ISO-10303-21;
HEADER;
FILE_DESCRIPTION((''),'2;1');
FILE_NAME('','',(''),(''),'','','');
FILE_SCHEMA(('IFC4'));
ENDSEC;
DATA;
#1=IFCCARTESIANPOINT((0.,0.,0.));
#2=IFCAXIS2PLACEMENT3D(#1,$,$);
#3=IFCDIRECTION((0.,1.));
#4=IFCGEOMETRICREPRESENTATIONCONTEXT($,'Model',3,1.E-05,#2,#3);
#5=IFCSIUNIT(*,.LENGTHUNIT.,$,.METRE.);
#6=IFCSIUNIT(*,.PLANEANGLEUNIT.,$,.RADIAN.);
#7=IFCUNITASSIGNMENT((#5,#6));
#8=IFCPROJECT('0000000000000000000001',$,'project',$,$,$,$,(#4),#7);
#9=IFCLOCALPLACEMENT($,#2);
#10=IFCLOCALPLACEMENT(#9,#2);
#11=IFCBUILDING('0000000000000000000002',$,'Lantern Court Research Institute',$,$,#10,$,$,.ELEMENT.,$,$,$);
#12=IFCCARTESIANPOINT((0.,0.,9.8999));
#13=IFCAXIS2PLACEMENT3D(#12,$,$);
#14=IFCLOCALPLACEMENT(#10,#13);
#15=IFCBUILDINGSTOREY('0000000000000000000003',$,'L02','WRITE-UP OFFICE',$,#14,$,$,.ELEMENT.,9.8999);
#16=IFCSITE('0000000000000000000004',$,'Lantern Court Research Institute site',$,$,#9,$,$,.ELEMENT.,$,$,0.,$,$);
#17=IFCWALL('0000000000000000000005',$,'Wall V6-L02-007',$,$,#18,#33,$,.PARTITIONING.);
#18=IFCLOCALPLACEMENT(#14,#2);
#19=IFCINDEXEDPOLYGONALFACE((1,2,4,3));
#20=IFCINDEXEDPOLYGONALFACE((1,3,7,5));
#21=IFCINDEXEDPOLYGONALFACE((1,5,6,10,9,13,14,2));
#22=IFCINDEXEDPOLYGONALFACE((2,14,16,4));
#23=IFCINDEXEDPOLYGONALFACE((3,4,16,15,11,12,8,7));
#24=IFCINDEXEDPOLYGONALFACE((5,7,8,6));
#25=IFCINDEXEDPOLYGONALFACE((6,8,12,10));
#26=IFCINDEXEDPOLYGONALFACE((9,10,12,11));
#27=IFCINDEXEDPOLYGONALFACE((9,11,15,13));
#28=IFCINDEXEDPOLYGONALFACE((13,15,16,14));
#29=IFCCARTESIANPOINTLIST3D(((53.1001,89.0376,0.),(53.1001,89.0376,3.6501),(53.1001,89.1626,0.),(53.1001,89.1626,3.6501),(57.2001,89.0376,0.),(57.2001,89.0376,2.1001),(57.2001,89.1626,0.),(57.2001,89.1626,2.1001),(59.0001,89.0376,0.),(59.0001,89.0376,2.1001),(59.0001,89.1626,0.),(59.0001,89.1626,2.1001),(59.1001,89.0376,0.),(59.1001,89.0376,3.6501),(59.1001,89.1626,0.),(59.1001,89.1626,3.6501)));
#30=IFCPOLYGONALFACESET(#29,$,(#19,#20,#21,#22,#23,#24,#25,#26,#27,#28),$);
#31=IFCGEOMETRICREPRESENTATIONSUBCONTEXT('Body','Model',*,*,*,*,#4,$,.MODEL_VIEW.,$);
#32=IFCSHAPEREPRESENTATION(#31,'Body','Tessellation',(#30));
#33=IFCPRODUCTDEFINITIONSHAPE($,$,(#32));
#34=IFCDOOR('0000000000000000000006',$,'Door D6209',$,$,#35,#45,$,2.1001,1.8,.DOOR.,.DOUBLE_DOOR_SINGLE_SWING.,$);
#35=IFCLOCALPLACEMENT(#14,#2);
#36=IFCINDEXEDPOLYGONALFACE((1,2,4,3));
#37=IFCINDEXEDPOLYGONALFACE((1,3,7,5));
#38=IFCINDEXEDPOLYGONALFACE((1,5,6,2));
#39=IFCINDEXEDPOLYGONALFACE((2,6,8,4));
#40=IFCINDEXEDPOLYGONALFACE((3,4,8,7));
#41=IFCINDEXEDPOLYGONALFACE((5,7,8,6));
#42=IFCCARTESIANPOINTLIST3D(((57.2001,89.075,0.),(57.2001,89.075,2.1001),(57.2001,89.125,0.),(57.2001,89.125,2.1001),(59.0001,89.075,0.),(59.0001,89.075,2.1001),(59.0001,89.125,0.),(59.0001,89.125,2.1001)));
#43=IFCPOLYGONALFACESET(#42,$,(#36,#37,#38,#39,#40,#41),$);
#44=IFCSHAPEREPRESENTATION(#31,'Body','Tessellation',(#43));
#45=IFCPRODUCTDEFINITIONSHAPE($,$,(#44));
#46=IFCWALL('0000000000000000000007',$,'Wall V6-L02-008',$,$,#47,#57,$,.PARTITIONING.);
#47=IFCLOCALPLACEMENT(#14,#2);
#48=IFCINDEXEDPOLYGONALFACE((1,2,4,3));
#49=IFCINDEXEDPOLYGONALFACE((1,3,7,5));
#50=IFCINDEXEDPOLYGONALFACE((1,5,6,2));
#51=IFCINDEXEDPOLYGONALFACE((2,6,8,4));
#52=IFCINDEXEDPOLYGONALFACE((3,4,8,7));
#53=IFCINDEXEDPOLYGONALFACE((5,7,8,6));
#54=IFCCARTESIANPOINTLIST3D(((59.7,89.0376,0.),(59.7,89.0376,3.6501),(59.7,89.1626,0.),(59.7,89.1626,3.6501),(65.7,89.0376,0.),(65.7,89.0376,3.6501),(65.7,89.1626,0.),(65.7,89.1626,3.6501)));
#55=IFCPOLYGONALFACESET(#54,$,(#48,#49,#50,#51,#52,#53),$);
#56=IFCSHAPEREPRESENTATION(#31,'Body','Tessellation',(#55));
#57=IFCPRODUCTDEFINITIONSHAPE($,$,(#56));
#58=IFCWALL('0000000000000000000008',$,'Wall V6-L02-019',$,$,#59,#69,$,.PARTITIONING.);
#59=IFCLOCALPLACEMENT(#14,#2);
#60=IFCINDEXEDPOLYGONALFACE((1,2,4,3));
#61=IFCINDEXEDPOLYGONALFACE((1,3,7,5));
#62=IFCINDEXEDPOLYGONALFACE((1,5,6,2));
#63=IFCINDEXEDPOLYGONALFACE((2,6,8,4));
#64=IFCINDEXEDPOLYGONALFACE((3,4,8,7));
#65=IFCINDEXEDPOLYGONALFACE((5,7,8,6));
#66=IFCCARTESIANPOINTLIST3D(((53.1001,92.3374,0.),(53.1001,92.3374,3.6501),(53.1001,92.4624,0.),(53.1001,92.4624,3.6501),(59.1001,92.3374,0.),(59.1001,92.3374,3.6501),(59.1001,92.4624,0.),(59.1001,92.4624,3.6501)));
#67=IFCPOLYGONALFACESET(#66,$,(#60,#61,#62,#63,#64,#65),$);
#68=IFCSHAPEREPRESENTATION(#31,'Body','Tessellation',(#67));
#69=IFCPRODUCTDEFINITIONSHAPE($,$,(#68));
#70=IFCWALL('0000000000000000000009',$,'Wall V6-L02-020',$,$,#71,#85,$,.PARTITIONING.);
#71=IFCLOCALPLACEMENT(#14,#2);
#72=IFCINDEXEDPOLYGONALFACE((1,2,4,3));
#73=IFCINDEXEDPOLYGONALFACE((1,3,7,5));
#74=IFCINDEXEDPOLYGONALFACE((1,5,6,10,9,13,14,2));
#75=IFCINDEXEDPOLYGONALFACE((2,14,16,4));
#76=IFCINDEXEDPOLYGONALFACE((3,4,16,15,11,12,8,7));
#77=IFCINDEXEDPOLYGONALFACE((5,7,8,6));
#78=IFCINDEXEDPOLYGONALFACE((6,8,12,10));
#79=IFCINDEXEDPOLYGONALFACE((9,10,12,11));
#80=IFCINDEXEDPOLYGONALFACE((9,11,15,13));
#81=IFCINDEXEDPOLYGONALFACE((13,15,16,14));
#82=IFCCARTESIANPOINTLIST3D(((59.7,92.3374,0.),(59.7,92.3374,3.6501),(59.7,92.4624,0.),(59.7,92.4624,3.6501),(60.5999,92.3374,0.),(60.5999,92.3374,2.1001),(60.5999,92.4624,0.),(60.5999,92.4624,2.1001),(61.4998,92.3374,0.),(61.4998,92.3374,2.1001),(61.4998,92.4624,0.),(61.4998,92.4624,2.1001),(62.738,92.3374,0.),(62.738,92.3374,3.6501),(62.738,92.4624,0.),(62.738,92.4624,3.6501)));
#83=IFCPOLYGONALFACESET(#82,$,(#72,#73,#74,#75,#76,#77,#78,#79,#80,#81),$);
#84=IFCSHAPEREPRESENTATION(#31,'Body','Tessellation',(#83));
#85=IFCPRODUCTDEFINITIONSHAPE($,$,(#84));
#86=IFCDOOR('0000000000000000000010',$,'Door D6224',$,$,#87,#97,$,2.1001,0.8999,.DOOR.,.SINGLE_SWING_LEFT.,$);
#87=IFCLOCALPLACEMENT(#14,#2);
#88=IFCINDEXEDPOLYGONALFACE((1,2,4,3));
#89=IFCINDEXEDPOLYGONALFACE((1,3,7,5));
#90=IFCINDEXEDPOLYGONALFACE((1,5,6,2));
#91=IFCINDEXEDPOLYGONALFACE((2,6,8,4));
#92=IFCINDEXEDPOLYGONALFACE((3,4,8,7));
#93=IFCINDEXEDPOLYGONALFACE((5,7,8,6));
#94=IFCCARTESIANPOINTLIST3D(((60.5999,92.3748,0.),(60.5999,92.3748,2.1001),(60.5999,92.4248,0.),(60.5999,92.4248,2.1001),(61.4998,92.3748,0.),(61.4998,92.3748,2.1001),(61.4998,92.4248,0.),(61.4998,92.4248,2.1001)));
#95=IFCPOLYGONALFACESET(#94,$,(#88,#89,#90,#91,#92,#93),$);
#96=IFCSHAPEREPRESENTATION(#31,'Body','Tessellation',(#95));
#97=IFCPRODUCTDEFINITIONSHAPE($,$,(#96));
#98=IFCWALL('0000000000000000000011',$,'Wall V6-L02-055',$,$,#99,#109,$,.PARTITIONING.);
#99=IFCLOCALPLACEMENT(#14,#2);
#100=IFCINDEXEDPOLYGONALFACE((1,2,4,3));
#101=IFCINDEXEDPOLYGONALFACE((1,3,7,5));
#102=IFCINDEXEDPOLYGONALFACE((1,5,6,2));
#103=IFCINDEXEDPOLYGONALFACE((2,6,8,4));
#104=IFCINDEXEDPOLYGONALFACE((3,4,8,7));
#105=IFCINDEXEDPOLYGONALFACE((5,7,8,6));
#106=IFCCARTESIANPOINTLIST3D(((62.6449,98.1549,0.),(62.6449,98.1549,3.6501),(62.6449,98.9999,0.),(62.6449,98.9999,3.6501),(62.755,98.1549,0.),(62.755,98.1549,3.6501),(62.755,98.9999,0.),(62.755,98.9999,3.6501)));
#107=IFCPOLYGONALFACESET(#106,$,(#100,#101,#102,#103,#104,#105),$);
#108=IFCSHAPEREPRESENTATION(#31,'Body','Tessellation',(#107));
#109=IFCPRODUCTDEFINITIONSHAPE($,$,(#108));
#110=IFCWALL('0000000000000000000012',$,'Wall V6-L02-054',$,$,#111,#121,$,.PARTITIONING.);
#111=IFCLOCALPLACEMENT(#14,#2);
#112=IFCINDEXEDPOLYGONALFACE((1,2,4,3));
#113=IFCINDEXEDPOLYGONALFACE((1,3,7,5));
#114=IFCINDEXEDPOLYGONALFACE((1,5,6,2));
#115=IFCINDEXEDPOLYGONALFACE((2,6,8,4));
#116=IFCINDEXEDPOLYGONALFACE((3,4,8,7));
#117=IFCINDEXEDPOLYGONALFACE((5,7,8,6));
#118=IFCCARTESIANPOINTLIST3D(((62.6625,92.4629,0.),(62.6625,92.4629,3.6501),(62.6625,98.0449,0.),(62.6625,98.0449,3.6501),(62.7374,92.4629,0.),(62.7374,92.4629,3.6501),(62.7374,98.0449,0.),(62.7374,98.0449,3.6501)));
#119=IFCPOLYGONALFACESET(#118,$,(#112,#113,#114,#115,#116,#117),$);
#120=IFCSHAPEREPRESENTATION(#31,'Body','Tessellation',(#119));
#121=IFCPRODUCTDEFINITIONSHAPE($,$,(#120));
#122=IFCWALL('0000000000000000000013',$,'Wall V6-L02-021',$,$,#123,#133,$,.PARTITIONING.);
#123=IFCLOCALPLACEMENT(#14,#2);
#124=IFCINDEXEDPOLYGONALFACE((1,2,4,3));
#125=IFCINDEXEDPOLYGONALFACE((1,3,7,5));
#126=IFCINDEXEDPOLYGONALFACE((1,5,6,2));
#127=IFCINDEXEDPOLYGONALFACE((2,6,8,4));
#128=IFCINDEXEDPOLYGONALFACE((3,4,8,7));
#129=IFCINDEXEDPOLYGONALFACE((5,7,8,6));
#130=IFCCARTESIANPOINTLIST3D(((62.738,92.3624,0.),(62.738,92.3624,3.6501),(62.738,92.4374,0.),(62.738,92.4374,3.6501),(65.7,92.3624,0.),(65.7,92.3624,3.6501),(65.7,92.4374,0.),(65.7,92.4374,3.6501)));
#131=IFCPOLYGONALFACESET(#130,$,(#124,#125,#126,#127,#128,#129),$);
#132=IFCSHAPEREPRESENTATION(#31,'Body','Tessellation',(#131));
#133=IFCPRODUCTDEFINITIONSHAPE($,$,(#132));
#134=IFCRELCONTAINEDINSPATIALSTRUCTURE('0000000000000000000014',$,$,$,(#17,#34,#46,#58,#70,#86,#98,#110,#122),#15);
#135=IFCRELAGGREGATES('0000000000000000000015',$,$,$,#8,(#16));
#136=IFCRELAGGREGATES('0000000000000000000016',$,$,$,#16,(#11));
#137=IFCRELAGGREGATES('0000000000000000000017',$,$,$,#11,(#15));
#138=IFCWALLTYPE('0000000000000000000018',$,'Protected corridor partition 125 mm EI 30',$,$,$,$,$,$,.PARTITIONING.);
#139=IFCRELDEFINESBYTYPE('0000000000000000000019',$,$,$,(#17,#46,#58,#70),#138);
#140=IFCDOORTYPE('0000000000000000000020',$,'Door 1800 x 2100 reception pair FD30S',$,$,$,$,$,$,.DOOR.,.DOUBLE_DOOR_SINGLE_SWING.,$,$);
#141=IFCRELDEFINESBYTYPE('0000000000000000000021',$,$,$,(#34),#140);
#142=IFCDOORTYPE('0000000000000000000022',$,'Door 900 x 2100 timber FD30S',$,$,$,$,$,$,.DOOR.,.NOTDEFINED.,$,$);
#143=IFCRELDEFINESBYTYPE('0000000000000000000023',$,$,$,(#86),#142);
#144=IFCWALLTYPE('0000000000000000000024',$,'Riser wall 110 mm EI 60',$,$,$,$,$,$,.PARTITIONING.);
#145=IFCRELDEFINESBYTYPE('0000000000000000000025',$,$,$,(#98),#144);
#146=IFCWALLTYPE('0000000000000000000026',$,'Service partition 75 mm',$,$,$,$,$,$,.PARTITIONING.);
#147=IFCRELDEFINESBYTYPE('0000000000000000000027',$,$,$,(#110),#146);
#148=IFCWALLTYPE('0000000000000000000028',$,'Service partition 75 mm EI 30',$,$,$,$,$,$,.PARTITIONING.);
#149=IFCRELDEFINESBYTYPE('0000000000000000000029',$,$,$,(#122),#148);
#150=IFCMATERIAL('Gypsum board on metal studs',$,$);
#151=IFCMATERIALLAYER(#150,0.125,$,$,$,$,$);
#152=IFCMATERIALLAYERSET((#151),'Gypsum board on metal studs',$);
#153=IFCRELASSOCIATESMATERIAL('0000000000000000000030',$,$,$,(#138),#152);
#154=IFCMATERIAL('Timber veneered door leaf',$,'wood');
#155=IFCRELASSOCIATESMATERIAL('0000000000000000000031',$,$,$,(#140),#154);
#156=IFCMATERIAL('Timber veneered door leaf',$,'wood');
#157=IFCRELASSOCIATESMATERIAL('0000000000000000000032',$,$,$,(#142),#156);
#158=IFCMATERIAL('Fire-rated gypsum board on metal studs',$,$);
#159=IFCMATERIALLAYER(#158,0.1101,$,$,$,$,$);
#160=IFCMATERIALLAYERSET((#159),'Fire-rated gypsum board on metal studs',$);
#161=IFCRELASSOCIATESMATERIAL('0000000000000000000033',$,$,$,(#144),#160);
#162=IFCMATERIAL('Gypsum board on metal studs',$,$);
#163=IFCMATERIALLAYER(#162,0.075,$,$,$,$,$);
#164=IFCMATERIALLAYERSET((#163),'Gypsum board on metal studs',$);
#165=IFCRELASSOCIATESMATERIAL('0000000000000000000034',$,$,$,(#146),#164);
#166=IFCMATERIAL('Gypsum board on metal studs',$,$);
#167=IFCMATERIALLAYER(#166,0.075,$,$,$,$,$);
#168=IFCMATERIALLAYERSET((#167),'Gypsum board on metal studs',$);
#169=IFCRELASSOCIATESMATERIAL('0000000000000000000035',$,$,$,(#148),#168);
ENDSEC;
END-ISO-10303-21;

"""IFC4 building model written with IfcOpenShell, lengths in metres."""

from ifc_helpers import new_model, si_unit, direction, frame, frame_2d, origin, place, context, subcontext, project, spatial, rectangle, extrude, material, layer, layer_set, type_object, element, fill, save


model = new_model("IFC4")

# Units and contexts
model_context = context("Model", 3, precision=1e-05, world=origin(), true_north=direction((0.0, 1.0)))
body_context = subcontext(model_context, "Body", "Model", "MODEL_VIEW")
ifc_project = project(units=[si_unit("LENGTHUNIT", "METRE"), si_unit("PLANEANGLEUNIT", "RADIAN")], contexts=[model_context])

# Site, building, storey
site_placement = place(None, origin())
site = spatial("IfcSite", under=ifc_project, at=site_placement, Name="Lantern Court Research Institute site", CompositionType="ELEMENT", RefElevation=0.0)
building_placement = place(site_placement, origin())
building = spatial("IfcBuilding", under=site, at=building_placement, Name="Lantern Court Research Institute", CompositionType="ELEMENT")
storey_placement = place(building_placement, frame((0.0, 0.0, 9.8999)))
storey = spatial("IfcBuildingStorey", under=building, at=storey_placement, Name="L02", Description="WRITE-UP OFFICE", CompositionType="ELEMENT", Elevation=9.8999)

# Wall, opening, door
ifc_material_1 = material(Name="Gypsum board on metal studs")
ifc_layer_1 = layer(ifc_material_1, 0.125)
ifc_layer_set_1 = layer_set([ifc_layer_1], Name="Gypsum board on metal studs")
wall_type_1 = type_object("IfcWallType", Name="Protected corridor partition 125 mm EI 30", PredefinedType="PARTITIONING", material=ifc_layer_set_1)
wall_1_placement = place(storey_placement, frame((53.1001, 89.1001, 0.0), z_axis=(0.0, 0.0, 1.0), x_axis=(1.0, 0.0, 0.0)))
wall_1 = element("IfcWall", 1, at=wall_1_placement, inside=storey, type_object=wall_type_1, Name="Wall V6-L02-007", PredefinedType="PARTITIONING", context=body_context, shape_type="SweptSolid", body=[
    extrude(rectangle(XDim=6.0, YDim=0.125, at=frame_2d((3.0, 0.0))), origin(), (0.0, 0.0, 1.0), 3.6501),
])
opening_1_placement = place(wall_1_placement, frame((4.1001, 0.0, 0.0)))
opening_1 = element("IfcOpeningElement", 2, at=opening_1_placement, cuts=wall_1, PredefinedType="OPENING", context=body_context, shape_type="SweptSolid", body=[
    extrude(rectangle(XDim=1.8, YDim=2.1001, at=frame_2d((0.8999, 1.05))), frame((0.0, 0.0725, 0.0), z_axis=(0.0, -1.0, 0.0), x_axis=(1.0, 0.0, 0.0)), (0.0, 0.0, 1.0), 0.145),
])
ifc_material_2 = material(Name="Timber veneered door leaf", Category="wood")
door_type_1 = type_object("IfcDoorType", Name="Door 1800 x 2100 reception pair FD30S", OperationType="DOUBLE_DOOR_SINGLE_SWING", PredefinedType="DOOR", material=ifc_material_2)
door_1_placement = place(opening_1_placement, origin())
door_1 = element("IfcDoor", 3, at=door_1_placement, inside=storey, type_object=door_type_1, Name="Door D6209", OperationType="DOUBLE_DOOR_SINGLE_SWING", OverallHeight=2.1001, OverallWidth=1.8, PredefinedType="DOOR", context=body_context, shape_type="SweptSolid", body=[
    extrude(rectangle(XDim=1.8, YDim=2.1001, at=frame_2d((0.8999, 1.05))), frame((0.0, 0.0249, 0.0), z_axis=(0.0, -1.0, 0.0), x_axis=(1.0, 0.0, 0.0)), (0.0, 0.0, 1.0), 0.05),
])
fill(opening_1, door_1)

# Walls
for number, where, z_axis, x_axis, name in (
    (4, (59.7, 89.1001, 0.0), (0.0, 0.0, 1.0), (1.0, 0.0, 0.0), "Wall V6-L02-008"),
    (5, (53.1001, 92.3999, 0.0), (0.0, 0.0, 1.0), (1.0, 0.0, 0.0), "Wall V6-L02-019"),
):
    element("IfcWall", number, at=place(storey_placement, frame(where, z_axis=z_axis, x_axis=x_axis)), inside=storey, type_object=wall_type_1, Name=name, PredefinedType="PARTITIONING", context=body_context, shape_type="SweptSolid", body=[
        extrude(rectangle(XDim=6.0, YDim=0.125, at=frame_2d((3.0, 0.0))), origin(), (0.0, 0.0, 1.0), 3.6501),
    ])

# Wall, opening, door
wall_2_placement = place(storey_placement, frame((59.7, 92.3999, 0.0), z_axis=(0.0, 0.0, 1.0), x_axis=(1.0, 0.0, 0.0)))
wall_2 = element("IfcWall", 6, at=wall_2_placement, inside=storey, type_object=wall_type_1, Name="Wall V6-L02-020", PredefinedType="PARTITIONING", context=body_context, shape_type="SweptSolid", body=[
    extrude(rectangle(XDim=3.0381, YDim=0.125, at=frame_2d((1.519, 0.0))), origin(), (0.0, 0.0, 1.0), 3.6501),
])
opening_2_placement = place(wall_2_placement, frame((0.8999, 0.0, 0.0)))
opening_2 = element("IfcOpeningElement", 7, at=opening_2_placement, cuts=wall_2, PredefinedType="OPENING", context=body_context, shape_type="SweptSolid", body=[
    extrude(rectangle(XDim=0.8999, YDim=2.1001, at=frame_2d((0.45, 1.05))), frame((0.0, 0.0725, 0.0), z_axis=(0.0, -1.0, 0.0), x_axis=(1.0, 0.0, 0.0)), (0.0, 0.0, 1.0), 0.145),
])
ifc_material_3 = material(Name="Timber veneered door leaf", Category="wood")
door_type_2 = type_object("IfcDoorType", Name="Door 900 x 2100 timber FD30S", OperationType="NOTDEFINED", PredefinedType="DOOR", material=ifc_material_3)
door_2_placement = place(opening_2_placement, origin())
door_2 = element("IfcDoor", 8, at=door_2_placement, inside=storey, type_object=door_type_2, Name="Door D6224", OperationType="SINGLE_SWING_LEFT", OverallHeight=2.1001, OverallWidth=0.8999, PredefinedType="DOOR", context=body_context, shape_type="SweptSolid", body=[
    extrude(rectangle(XDim=0.8999, YDim=2.1001, at=frame_2d((0.45, 1.05))), frame((0.0, 0.0249, 0.0), z_axis=(0.0, -1.0, 0.0), x_axis=(1.0, 0.0, 0.0)), (0.0, 0.0, 1.0), 0.05),
])
fill(opening_2, door_2)

# Walls
ifc_material_4 = material(Name="Fire-rated gypsum board on metal studs")
ifc_layer_2 = layer(ifc_material_4, 0.1101)
ifc_layer_set_2 = layer_set([ifc_layer_2], Name="Fire-rated gypsum board on metal studs")
wall_type_2 = type_object("IfcWallType", Name="Riser wall 110 mm EI 60", PredefinedType="PARTITIONING", material=ifc_layer_set_2)
wall_3_placement = place(storey_placement, frame((62.7, 98.155, 0.0), z_axis=(0.0, 0.0, 1.0), x_axis=(0.0, 1.0, 0.0)))
element("IfcWall", 9, at=wall_3_placement, inside=storey, type_object=wall_type_2, Name="Wall V6-L02-055", PredefinedType="PARTITIONING", context=body_context, shape_type="SweptSolid", body=[
    extrude(rectangle(XDim=0.845, YDim=0.1101, at=frame_2d((0.4224, 0.0))), origin(), (0.0, 0.0, 1.0), 3.6501),
])
ifc_material_5 = material(Name="Gypsum board on metal studs")
ifc_layer_3 = layer(ifc_material_5, 0.075)
ifc_layer_set_3 = layer_set([ifc_layer_3], Name="Gypsum board on metal studs")
wall_type_3 = type_object("IfcWallType", Name="Service partition 75 mm", PredefinedType="PARTITIONING", material=ifc_layer_set_3)
wall_4_placement = place(storey_placement, frame((62.7, 92.4629, 0.0), z_axis=(0.0, 0.0, 1.0), x_axis=(0.0, 1.0, 0.0)))
element("IfcWall", 10, at=wall_4_placement, inside=storey, type_object=wall_type_3, Name="Wall V6-L02-054", PredefinedType="PARTITIONING", context=body_context, shape_type="SweptSolid", body=[
    extrude(rectangle(XDim=5.582, YDim=0.075, at=frame_2d((2.791, 0.0))), origin(), (0.0, 0.0, 1.0), 3.6501),
])
ifc_material_6 = material(Name="Gypsum board on metal studs")
ifc_layer_4 = layer(ifc_material_6, 0.075)
ifc_layer_set_4 = layer_set([ifc_layer_4], Name="Gypsum board on metal studs")
wall_type_4 = type_object("IfcWallType", Name="Service partition 75 mm EI 30", PredefinedType="PARTITIONING", material=ifc_layer_set_4)
wall_5_placement = place(storey_placement, frame((62.738, 92.3999, 0.0), z_axis=(0.0, 0.0, 1.0), x_axis=(1.0, 0.0, 0.0)))
element("IfcWall", 11, at=wall_5_placement, inside=storey, type_object=wall_type_4, Name="Wall V6-L02-021", PredefinedType="PARTITIONING", context=body_context, shape_type="SweptSolid", body=[
    extrude(rectangle(XDim=2.9619, YDim=0.075, at=frame_2d((1.481, 0.0))), origin(), (0.0, 0.0, 1.0), 3.6501),
])

save(model, "model.ifc")
